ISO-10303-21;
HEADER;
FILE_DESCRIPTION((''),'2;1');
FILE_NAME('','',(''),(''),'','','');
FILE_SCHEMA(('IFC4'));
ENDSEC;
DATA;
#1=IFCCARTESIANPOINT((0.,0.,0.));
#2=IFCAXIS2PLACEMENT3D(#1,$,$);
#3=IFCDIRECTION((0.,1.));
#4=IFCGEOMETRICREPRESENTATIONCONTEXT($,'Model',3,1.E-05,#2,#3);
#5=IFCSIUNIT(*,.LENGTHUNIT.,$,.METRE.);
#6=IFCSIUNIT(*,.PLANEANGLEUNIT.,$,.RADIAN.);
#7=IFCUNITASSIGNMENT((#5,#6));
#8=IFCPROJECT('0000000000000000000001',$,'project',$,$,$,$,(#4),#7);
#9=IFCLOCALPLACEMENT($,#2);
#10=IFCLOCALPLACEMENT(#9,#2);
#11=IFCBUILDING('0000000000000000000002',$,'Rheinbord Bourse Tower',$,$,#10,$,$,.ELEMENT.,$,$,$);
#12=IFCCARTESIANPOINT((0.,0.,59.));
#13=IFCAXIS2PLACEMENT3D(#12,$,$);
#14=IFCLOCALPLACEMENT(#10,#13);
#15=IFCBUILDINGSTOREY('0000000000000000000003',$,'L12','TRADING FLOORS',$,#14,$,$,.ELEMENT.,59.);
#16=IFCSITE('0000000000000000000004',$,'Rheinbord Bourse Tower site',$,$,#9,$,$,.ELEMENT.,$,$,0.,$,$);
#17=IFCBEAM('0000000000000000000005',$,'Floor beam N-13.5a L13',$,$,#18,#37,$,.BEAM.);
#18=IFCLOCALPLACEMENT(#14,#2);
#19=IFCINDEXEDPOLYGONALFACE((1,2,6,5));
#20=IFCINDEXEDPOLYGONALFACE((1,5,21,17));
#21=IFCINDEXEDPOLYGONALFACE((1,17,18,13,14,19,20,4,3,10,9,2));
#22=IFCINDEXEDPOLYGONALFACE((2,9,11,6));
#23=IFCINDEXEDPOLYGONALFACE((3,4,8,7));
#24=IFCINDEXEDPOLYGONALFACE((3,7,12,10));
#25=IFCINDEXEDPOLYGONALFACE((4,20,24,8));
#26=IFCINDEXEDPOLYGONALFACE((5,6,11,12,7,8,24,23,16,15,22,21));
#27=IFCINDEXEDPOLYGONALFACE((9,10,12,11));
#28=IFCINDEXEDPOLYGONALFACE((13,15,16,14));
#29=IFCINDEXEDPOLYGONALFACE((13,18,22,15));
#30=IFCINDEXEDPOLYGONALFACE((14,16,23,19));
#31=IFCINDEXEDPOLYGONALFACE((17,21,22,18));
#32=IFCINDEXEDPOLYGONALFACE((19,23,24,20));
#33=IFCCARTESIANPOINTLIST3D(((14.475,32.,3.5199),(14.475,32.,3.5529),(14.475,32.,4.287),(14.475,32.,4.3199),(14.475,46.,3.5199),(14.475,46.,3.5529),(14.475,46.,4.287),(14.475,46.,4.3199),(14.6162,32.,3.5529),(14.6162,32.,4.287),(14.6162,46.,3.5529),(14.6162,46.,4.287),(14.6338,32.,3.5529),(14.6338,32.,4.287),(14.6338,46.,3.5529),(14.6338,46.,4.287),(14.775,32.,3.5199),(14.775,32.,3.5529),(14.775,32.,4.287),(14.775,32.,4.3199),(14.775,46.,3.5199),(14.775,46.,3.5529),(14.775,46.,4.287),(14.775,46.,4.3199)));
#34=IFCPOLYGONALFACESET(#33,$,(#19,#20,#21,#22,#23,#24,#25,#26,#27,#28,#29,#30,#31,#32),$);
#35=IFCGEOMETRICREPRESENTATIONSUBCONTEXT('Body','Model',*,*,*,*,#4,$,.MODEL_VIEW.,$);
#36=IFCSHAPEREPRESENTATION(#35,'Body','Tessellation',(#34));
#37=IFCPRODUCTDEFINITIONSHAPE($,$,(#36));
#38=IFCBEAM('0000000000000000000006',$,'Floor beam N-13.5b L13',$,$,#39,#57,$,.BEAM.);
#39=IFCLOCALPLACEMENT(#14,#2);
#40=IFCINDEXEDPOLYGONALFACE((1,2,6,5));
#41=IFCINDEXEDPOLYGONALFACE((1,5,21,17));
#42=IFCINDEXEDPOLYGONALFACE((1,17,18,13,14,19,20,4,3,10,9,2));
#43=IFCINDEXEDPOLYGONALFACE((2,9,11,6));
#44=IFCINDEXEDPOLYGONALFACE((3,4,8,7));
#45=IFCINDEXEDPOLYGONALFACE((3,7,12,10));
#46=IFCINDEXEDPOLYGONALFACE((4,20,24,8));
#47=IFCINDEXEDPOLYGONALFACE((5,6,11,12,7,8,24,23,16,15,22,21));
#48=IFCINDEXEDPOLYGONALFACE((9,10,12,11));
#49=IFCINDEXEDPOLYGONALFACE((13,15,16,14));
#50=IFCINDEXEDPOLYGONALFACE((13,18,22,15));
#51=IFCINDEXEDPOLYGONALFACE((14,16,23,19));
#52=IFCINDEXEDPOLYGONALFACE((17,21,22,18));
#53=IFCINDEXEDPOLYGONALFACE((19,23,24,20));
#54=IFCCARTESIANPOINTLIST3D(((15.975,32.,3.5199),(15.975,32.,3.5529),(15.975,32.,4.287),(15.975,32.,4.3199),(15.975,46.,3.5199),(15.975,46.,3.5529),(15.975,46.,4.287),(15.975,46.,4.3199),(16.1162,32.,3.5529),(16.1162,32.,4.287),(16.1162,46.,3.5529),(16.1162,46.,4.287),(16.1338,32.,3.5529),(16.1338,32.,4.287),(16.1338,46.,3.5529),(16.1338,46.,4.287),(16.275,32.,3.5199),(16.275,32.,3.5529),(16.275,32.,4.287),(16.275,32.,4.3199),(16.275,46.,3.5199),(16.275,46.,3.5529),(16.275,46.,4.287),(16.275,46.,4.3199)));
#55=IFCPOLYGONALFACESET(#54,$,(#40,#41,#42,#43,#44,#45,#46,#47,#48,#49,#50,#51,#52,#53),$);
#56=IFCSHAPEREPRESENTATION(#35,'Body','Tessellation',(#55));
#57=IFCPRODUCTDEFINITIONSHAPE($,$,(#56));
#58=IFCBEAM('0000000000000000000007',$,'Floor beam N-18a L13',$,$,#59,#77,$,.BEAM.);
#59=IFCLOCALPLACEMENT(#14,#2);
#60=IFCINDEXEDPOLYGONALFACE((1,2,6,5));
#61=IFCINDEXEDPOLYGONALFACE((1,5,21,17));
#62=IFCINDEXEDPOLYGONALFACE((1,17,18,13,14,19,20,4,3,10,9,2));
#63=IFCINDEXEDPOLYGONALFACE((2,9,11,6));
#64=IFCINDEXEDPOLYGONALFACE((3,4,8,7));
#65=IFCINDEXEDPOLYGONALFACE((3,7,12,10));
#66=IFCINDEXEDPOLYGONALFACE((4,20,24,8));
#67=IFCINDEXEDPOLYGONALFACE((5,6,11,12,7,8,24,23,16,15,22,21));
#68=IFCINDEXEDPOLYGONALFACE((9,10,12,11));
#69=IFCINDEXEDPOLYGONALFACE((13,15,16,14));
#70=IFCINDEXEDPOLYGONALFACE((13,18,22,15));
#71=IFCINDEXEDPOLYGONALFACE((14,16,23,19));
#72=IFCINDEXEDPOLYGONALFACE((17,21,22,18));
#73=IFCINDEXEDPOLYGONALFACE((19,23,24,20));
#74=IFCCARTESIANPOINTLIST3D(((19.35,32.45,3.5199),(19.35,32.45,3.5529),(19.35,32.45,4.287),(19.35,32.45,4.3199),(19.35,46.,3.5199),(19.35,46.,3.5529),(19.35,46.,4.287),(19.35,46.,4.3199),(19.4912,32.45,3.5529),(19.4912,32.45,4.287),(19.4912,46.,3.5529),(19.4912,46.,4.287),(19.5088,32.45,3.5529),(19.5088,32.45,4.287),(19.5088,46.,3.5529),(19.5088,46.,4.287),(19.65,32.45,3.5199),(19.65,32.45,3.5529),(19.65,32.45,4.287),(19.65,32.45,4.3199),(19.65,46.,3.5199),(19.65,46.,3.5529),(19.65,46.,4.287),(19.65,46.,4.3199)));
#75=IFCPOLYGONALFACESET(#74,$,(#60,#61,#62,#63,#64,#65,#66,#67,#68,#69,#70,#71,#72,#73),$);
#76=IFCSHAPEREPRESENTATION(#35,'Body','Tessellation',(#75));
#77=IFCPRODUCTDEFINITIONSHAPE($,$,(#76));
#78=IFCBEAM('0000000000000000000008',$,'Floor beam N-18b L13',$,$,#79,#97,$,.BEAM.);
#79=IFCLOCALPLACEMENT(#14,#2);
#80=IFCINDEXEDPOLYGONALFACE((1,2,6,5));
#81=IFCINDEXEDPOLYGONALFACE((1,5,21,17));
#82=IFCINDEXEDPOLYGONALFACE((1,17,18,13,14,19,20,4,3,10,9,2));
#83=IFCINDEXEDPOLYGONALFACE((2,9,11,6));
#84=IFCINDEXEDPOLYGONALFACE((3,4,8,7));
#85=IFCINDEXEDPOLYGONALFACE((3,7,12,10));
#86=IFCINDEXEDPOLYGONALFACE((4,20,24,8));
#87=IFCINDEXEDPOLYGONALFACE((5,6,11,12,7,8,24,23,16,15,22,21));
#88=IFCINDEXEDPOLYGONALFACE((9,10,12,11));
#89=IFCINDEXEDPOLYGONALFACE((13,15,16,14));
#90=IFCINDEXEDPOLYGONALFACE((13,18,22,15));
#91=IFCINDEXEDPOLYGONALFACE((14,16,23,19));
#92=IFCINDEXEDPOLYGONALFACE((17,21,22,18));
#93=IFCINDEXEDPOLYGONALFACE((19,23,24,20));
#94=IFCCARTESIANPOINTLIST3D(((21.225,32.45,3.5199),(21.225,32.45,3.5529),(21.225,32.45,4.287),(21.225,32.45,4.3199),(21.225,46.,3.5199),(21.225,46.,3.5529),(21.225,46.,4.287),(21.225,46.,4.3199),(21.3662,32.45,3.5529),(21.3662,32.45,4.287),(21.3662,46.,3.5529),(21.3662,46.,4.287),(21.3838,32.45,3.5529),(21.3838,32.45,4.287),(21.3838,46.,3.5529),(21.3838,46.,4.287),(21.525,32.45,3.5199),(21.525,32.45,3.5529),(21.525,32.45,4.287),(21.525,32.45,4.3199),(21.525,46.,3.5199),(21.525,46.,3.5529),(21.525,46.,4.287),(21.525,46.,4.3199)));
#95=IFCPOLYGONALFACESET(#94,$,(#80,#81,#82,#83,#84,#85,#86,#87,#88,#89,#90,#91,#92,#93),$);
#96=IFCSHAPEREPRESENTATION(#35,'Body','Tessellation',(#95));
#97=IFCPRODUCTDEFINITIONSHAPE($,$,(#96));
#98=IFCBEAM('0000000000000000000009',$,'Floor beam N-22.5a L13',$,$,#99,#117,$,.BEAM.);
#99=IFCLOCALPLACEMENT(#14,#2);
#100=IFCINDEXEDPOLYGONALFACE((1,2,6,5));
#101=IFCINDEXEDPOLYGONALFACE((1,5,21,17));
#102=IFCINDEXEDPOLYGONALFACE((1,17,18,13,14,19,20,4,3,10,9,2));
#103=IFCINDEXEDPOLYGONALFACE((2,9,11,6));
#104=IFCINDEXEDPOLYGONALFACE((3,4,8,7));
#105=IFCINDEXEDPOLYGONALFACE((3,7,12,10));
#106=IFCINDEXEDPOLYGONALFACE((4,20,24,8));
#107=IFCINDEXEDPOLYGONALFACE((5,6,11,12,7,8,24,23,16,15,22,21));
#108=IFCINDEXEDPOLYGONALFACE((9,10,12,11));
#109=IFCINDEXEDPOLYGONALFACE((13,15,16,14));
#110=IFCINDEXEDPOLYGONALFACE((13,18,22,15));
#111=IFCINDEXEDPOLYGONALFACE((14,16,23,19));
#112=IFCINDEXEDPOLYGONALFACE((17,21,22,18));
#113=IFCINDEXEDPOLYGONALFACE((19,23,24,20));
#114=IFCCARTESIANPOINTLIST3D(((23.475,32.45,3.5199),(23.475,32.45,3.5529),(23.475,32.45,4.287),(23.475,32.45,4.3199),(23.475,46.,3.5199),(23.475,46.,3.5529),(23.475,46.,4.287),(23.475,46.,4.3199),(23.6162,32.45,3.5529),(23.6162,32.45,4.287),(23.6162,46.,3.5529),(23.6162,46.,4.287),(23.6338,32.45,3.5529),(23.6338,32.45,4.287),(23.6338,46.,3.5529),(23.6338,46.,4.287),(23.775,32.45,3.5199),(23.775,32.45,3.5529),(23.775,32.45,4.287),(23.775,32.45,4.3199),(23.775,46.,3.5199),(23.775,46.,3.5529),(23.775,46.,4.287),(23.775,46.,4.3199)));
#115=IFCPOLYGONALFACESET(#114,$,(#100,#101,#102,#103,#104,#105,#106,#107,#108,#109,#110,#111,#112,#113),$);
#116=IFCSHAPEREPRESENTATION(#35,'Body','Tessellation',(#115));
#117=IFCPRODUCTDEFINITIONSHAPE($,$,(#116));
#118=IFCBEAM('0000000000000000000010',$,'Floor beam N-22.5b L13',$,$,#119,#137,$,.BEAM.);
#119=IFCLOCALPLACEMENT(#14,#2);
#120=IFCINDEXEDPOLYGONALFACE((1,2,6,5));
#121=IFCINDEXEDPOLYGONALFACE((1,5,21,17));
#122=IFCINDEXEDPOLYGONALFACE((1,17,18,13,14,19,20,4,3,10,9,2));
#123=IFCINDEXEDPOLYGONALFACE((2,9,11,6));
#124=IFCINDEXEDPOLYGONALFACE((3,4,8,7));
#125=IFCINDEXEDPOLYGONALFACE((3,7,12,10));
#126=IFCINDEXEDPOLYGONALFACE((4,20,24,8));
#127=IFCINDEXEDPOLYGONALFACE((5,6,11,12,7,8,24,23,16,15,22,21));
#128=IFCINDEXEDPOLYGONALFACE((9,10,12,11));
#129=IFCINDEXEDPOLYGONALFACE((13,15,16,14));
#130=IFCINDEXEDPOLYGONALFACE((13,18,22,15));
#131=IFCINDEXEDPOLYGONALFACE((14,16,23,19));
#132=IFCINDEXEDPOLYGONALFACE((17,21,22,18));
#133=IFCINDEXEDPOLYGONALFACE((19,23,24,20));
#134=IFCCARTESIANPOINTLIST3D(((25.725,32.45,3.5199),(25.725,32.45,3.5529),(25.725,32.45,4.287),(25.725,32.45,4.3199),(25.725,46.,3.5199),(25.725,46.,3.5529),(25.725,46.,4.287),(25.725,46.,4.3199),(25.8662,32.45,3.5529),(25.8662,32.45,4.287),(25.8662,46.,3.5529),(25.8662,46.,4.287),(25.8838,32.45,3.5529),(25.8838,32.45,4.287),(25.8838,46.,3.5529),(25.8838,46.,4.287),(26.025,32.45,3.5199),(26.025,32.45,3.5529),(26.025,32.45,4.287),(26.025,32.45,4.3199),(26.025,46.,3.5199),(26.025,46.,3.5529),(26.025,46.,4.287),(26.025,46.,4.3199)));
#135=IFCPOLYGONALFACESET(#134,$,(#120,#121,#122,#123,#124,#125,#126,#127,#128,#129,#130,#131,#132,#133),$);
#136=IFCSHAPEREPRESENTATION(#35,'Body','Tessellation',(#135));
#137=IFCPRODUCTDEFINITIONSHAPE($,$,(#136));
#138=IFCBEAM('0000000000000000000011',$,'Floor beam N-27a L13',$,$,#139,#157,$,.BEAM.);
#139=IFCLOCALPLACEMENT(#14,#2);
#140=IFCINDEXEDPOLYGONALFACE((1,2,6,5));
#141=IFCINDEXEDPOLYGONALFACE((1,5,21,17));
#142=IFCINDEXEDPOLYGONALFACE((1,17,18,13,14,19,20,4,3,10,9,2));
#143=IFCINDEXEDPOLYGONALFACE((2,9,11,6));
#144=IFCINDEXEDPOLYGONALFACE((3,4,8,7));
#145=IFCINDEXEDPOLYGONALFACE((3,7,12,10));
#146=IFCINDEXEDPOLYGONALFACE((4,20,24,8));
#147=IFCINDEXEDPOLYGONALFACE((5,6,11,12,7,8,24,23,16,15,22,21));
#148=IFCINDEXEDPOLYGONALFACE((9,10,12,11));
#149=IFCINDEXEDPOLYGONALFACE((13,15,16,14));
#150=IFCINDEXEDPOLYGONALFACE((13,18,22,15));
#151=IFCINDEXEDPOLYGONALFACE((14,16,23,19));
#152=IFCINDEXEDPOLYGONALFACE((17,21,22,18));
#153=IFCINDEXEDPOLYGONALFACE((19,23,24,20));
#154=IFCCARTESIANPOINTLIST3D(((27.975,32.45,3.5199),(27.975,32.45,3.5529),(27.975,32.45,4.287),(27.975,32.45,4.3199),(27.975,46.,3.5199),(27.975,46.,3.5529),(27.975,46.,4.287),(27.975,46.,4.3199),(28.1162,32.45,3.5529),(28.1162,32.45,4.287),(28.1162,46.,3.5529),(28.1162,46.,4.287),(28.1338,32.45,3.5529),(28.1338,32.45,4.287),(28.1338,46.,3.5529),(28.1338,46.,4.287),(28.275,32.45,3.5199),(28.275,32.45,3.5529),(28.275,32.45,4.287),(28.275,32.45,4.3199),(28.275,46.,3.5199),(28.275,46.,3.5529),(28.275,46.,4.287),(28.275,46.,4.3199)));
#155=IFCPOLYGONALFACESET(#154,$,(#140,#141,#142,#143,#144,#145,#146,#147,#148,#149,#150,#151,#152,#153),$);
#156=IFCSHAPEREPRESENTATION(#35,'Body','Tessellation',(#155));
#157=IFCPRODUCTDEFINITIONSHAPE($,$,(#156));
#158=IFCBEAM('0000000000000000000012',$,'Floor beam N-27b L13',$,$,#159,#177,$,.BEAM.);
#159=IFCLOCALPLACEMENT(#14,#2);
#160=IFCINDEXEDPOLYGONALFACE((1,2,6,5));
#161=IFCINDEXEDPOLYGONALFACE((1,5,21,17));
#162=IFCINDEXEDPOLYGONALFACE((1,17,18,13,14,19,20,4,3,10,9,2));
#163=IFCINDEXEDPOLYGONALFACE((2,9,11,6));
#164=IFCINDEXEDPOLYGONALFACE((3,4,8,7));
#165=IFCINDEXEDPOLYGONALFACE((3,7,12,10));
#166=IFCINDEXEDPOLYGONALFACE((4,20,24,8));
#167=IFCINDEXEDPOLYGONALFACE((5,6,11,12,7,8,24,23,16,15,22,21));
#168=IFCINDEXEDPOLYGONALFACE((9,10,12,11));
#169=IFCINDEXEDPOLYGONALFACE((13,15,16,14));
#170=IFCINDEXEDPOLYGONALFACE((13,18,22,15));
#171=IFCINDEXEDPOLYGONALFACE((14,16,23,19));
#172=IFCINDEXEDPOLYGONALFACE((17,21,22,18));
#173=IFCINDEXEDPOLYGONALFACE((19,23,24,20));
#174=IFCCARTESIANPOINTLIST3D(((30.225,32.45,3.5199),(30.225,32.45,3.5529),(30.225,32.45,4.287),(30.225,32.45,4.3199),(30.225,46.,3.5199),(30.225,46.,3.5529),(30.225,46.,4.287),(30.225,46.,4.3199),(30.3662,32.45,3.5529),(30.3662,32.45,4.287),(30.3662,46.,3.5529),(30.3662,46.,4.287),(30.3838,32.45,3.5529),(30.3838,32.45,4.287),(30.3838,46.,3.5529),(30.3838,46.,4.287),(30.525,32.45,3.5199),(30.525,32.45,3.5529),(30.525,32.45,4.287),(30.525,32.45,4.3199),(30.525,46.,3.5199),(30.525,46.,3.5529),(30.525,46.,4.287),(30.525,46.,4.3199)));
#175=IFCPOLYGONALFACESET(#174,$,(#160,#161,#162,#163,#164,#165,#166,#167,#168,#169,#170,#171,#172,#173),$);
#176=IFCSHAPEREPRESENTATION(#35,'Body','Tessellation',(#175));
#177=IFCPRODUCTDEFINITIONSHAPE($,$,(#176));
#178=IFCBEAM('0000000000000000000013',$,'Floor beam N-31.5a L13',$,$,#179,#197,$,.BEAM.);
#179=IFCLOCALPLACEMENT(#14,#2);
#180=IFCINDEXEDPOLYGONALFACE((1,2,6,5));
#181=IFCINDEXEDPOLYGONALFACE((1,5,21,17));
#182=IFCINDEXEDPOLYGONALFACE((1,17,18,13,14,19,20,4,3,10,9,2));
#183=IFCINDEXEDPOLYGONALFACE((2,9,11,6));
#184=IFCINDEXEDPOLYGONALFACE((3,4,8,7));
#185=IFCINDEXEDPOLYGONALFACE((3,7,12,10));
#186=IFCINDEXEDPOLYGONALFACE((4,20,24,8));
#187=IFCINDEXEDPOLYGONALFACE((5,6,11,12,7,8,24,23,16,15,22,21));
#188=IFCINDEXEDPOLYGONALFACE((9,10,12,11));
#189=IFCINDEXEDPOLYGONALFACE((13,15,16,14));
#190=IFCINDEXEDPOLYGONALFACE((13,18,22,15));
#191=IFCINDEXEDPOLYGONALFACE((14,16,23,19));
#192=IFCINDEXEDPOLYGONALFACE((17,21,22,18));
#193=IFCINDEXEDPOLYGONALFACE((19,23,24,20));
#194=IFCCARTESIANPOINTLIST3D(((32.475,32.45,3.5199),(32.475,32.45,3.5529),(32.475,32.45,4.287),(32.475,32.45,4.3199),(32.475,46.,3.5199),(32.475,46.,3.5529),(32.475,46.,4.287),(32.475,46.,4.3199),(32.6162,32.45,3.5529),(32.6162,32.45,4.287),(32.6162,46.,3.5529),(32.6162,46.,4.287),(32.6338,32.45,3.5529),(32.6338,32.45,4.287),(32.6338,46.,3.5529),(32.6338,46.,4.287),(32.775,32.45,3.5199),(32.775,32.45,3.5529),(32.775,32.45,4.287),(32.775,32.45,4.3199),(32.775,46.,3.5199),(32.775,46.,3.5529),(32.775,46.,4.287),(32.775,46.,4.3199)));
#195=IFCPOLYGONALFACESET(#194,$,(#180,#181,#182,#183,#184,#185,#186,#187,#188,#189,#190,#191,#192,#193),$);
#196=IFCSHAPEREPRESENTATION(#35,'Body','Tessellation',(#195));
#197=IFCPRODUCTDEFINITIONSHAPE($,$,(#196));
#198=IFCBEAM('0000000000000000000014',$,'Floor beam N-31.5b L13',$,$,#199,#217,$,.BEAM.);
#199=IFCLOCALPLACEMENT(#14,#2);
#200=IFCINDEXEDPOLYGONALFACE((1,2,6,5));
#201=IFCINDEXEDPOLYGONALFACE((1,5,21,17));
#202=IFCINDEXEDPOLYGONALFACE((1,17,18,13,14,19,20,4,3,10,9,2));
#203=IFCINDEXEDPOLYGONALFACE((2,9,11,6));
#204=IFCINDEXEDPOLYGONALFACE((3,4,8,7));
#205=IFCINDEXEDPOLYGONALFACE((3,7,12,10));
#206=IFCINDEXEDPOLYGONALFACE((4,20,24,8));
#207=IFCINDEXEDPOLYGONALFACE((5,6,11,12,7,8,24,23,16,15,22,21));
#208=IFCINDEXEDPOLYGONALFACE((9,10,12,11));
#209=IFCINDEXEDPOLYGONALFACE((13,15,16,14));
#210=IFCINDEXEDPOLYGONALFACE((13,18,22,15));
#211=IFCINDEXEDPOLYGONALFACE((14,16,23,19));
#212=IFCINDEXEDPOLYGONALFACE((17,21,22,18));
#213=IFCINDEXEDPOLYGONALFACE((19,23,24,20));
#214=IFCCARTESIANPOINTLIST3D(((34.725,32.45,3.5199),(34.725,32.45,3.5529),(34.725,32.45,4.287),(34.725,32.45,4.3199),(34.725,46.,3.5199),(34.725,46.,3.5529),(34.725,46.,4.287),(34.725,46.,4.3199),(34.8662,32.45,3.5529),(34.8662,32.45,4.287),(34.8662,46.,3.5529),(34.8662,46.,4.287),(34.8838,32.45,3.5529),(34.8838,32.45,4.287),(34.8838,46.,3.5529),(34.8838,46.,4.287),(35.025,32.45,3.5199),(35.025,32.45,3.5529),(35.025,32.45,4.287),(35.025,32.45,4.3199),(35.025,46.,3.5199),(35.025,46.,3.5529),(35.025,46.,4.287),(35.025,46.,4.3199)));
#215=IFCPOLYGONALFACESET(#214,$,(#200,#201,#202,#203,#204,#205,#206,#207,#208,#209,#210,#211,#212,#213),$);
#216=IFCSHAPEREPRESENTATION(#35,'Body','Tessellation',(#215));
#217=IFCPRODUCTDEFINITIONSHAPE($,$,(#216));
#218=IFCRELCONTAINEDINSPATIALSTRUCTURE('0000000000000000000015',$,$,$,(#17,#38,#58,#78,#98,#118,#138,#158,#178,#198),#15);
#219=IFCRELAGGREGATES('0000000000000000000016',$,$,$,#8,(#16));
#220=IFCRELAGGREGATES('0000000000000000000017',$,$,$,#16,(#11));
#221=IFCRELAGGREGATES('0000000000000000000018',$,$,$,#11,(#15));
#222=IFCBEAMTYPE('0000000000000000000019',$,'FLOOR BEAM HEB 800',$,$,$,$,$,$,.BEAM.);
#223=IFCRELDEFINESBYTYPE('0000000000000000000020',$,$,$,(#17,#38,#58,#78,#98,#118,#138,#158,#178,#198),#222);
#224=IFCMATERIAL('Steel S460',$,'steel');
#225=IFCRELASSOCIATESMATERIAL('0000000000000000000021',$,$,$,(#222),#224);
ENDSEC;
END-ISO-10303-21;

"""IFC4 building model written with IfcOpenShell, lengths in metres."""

from ifc_helpers import new_model, si_unit, direction, frame, origin, origin_2d, place, context, subcontext, project, spatial, i_section, extrude, material, material_profile, profile_set, type_object, element, save


model = new_model("IFC4")

# Units and contexts
model_context = context("Model", 3, precision=1e-05, world=origin(), true_north=direction((0.0, 1.0)))
body_context = subcontext(model_context, "Body", "Model", "MODEL_VIEW")
ifc_project = project(units=[si_unit("LENGTHUNIT", "METRE"), si_unit("PLANEANGLEUNIT", "RADIAN")], contexts=[model_context])

# Site, building, storey
site_placement = place(None, origin())
site = spatial("IfcSite", under=ifc_project, at=site_placement, Name="Rheinbord Bourse Tower site", CompositionType="ELEMENT", RefElevation=0.0)
building_placement = place(site_placement, origin())
building = spatial("IfcBuilding", under=site, at=building_placement, Name="Rheinbord Bourse Tower", CompositionType="ELEMENT")
storey_placement = place(building_placement, frame((0.0, 0.0, 59.0)))
storey = spatial("IfcBuildingStorey", under=building, at=storey_placement, Name="L12", Description="TRADING FLOORS", CompositionType="ELEMENT", Elevation=59.0)

# Beams
ifc_material_1 = material(Name="Steel S460", Category="steel")
ifc_material_profile_1 = material_profile(ifc_material_1, i_section(OverallWidth=0.3, OverallDepth=0.8, WebThickness=0.0176, FlangeThickness=0.033, at=origin_2d()), Name="HEB 800")
ifc_profile_set_1 = profile_set([ifc_material_profile_1], Name="Steel S460")
beam_type_1 = type_object("IfcBeamType", Name="FLOOR BEAM HEB 800", PredefinedType="BEAM", material=ifc_profile_set_1)
for number, where, z_axis, x_axis, name in (
    (1, (14.625, 46.0, 3.9199), (0.0, -1.0, 0.0), (1.0, 0.0, 0.0), "Floor beam N-13.5a L13"),
    (2, (16.125, 46.0, 3.9199), (0.0, -1.0, 0.0), (1.0, 0.0, 0.0), "Floor beam N-13.5b L13"),
):
    element("IfcBeam", number, at=place(storey_placement, frame(where, z_axis=z_axis, x_axis=x_axis)), inside=storey, type_object=beam_type_1, Name=name, PredefinedType="BEAM", context=body_context, shape_type="SweptSolid", body=[
        extrude(i_section(OverallWidth=0.3, OverallDepth=0.8, WebThickness=0.0176, FlangeThickness=0.033, at=origin_2d()), origin(), (0.0, 0.0, 1.0), 14.0),
    ])
for number, where, z_axis, x_axis, name in (
    (3, (19.5, 46.0, 3.9199), (0.0, -1.0, 0.0), (1.0, 0.0, 0.0), "Floor beam N-18a L13"),
    (4, (21.375, 46.0, 3.9199), (0.0, -1.0, 0.0), (1.0, 0.0, 0.0), "Floor beam N-18b L13"),
    (5, (23.625, 46.0, 3.9199), (0.0, -1.0, 0.0), (1.0, 0.0, 0.0), "Floor beam N-22.5a L13"),
    (6, (25.875, 46.0, 3.9199), (0.0, -1.0, 0.0), (1.0, 0.0, 0.0), "Floor beam N-22.5b L13"),
    (7, (28.125, 46.0, 3.9199), (0.0, -1.0, 0.0), (1.0, 0.0, 0.0), "Floor beam N-27a L13"),
    (8, (30.375, 46.0, 3.9199), (0.0, -1.0, 0.0), (1.0, 0.0, 0.0), "Floor beam N-27b L13"),
    (9, (32.625, 46.0, 3.9199), (0.0, -1.0, 0.0), (1.0, 0.0, 0.0), "Floor beam N-31.5a L13"),
    (10, (34.875, 46.0, 3.9199), (0.0, -1.0, 0.0), (1.0, 0.0, 0.0), "Floor beam N-31.5b L13"),
):
    element("IfcBeam", number, at=place(storey_placement, frame(where, z_axis=z_axis, x_axis=x_axis)), inside=storey, type_object=beam_type_1, Name=name, PredefinedType="BEAM", context=body_context, shape_type="SweptSolid", body=[
        extrude(i_section(OverallWidth=0.3, OverallDepth=0.8, WebThickness=0.0176, FlangeThickness=0.033, at=origin_2d()), origin(), (0.0, 0.0, 1.0), 13.55),
    ])

save(model, "model.ifc")
